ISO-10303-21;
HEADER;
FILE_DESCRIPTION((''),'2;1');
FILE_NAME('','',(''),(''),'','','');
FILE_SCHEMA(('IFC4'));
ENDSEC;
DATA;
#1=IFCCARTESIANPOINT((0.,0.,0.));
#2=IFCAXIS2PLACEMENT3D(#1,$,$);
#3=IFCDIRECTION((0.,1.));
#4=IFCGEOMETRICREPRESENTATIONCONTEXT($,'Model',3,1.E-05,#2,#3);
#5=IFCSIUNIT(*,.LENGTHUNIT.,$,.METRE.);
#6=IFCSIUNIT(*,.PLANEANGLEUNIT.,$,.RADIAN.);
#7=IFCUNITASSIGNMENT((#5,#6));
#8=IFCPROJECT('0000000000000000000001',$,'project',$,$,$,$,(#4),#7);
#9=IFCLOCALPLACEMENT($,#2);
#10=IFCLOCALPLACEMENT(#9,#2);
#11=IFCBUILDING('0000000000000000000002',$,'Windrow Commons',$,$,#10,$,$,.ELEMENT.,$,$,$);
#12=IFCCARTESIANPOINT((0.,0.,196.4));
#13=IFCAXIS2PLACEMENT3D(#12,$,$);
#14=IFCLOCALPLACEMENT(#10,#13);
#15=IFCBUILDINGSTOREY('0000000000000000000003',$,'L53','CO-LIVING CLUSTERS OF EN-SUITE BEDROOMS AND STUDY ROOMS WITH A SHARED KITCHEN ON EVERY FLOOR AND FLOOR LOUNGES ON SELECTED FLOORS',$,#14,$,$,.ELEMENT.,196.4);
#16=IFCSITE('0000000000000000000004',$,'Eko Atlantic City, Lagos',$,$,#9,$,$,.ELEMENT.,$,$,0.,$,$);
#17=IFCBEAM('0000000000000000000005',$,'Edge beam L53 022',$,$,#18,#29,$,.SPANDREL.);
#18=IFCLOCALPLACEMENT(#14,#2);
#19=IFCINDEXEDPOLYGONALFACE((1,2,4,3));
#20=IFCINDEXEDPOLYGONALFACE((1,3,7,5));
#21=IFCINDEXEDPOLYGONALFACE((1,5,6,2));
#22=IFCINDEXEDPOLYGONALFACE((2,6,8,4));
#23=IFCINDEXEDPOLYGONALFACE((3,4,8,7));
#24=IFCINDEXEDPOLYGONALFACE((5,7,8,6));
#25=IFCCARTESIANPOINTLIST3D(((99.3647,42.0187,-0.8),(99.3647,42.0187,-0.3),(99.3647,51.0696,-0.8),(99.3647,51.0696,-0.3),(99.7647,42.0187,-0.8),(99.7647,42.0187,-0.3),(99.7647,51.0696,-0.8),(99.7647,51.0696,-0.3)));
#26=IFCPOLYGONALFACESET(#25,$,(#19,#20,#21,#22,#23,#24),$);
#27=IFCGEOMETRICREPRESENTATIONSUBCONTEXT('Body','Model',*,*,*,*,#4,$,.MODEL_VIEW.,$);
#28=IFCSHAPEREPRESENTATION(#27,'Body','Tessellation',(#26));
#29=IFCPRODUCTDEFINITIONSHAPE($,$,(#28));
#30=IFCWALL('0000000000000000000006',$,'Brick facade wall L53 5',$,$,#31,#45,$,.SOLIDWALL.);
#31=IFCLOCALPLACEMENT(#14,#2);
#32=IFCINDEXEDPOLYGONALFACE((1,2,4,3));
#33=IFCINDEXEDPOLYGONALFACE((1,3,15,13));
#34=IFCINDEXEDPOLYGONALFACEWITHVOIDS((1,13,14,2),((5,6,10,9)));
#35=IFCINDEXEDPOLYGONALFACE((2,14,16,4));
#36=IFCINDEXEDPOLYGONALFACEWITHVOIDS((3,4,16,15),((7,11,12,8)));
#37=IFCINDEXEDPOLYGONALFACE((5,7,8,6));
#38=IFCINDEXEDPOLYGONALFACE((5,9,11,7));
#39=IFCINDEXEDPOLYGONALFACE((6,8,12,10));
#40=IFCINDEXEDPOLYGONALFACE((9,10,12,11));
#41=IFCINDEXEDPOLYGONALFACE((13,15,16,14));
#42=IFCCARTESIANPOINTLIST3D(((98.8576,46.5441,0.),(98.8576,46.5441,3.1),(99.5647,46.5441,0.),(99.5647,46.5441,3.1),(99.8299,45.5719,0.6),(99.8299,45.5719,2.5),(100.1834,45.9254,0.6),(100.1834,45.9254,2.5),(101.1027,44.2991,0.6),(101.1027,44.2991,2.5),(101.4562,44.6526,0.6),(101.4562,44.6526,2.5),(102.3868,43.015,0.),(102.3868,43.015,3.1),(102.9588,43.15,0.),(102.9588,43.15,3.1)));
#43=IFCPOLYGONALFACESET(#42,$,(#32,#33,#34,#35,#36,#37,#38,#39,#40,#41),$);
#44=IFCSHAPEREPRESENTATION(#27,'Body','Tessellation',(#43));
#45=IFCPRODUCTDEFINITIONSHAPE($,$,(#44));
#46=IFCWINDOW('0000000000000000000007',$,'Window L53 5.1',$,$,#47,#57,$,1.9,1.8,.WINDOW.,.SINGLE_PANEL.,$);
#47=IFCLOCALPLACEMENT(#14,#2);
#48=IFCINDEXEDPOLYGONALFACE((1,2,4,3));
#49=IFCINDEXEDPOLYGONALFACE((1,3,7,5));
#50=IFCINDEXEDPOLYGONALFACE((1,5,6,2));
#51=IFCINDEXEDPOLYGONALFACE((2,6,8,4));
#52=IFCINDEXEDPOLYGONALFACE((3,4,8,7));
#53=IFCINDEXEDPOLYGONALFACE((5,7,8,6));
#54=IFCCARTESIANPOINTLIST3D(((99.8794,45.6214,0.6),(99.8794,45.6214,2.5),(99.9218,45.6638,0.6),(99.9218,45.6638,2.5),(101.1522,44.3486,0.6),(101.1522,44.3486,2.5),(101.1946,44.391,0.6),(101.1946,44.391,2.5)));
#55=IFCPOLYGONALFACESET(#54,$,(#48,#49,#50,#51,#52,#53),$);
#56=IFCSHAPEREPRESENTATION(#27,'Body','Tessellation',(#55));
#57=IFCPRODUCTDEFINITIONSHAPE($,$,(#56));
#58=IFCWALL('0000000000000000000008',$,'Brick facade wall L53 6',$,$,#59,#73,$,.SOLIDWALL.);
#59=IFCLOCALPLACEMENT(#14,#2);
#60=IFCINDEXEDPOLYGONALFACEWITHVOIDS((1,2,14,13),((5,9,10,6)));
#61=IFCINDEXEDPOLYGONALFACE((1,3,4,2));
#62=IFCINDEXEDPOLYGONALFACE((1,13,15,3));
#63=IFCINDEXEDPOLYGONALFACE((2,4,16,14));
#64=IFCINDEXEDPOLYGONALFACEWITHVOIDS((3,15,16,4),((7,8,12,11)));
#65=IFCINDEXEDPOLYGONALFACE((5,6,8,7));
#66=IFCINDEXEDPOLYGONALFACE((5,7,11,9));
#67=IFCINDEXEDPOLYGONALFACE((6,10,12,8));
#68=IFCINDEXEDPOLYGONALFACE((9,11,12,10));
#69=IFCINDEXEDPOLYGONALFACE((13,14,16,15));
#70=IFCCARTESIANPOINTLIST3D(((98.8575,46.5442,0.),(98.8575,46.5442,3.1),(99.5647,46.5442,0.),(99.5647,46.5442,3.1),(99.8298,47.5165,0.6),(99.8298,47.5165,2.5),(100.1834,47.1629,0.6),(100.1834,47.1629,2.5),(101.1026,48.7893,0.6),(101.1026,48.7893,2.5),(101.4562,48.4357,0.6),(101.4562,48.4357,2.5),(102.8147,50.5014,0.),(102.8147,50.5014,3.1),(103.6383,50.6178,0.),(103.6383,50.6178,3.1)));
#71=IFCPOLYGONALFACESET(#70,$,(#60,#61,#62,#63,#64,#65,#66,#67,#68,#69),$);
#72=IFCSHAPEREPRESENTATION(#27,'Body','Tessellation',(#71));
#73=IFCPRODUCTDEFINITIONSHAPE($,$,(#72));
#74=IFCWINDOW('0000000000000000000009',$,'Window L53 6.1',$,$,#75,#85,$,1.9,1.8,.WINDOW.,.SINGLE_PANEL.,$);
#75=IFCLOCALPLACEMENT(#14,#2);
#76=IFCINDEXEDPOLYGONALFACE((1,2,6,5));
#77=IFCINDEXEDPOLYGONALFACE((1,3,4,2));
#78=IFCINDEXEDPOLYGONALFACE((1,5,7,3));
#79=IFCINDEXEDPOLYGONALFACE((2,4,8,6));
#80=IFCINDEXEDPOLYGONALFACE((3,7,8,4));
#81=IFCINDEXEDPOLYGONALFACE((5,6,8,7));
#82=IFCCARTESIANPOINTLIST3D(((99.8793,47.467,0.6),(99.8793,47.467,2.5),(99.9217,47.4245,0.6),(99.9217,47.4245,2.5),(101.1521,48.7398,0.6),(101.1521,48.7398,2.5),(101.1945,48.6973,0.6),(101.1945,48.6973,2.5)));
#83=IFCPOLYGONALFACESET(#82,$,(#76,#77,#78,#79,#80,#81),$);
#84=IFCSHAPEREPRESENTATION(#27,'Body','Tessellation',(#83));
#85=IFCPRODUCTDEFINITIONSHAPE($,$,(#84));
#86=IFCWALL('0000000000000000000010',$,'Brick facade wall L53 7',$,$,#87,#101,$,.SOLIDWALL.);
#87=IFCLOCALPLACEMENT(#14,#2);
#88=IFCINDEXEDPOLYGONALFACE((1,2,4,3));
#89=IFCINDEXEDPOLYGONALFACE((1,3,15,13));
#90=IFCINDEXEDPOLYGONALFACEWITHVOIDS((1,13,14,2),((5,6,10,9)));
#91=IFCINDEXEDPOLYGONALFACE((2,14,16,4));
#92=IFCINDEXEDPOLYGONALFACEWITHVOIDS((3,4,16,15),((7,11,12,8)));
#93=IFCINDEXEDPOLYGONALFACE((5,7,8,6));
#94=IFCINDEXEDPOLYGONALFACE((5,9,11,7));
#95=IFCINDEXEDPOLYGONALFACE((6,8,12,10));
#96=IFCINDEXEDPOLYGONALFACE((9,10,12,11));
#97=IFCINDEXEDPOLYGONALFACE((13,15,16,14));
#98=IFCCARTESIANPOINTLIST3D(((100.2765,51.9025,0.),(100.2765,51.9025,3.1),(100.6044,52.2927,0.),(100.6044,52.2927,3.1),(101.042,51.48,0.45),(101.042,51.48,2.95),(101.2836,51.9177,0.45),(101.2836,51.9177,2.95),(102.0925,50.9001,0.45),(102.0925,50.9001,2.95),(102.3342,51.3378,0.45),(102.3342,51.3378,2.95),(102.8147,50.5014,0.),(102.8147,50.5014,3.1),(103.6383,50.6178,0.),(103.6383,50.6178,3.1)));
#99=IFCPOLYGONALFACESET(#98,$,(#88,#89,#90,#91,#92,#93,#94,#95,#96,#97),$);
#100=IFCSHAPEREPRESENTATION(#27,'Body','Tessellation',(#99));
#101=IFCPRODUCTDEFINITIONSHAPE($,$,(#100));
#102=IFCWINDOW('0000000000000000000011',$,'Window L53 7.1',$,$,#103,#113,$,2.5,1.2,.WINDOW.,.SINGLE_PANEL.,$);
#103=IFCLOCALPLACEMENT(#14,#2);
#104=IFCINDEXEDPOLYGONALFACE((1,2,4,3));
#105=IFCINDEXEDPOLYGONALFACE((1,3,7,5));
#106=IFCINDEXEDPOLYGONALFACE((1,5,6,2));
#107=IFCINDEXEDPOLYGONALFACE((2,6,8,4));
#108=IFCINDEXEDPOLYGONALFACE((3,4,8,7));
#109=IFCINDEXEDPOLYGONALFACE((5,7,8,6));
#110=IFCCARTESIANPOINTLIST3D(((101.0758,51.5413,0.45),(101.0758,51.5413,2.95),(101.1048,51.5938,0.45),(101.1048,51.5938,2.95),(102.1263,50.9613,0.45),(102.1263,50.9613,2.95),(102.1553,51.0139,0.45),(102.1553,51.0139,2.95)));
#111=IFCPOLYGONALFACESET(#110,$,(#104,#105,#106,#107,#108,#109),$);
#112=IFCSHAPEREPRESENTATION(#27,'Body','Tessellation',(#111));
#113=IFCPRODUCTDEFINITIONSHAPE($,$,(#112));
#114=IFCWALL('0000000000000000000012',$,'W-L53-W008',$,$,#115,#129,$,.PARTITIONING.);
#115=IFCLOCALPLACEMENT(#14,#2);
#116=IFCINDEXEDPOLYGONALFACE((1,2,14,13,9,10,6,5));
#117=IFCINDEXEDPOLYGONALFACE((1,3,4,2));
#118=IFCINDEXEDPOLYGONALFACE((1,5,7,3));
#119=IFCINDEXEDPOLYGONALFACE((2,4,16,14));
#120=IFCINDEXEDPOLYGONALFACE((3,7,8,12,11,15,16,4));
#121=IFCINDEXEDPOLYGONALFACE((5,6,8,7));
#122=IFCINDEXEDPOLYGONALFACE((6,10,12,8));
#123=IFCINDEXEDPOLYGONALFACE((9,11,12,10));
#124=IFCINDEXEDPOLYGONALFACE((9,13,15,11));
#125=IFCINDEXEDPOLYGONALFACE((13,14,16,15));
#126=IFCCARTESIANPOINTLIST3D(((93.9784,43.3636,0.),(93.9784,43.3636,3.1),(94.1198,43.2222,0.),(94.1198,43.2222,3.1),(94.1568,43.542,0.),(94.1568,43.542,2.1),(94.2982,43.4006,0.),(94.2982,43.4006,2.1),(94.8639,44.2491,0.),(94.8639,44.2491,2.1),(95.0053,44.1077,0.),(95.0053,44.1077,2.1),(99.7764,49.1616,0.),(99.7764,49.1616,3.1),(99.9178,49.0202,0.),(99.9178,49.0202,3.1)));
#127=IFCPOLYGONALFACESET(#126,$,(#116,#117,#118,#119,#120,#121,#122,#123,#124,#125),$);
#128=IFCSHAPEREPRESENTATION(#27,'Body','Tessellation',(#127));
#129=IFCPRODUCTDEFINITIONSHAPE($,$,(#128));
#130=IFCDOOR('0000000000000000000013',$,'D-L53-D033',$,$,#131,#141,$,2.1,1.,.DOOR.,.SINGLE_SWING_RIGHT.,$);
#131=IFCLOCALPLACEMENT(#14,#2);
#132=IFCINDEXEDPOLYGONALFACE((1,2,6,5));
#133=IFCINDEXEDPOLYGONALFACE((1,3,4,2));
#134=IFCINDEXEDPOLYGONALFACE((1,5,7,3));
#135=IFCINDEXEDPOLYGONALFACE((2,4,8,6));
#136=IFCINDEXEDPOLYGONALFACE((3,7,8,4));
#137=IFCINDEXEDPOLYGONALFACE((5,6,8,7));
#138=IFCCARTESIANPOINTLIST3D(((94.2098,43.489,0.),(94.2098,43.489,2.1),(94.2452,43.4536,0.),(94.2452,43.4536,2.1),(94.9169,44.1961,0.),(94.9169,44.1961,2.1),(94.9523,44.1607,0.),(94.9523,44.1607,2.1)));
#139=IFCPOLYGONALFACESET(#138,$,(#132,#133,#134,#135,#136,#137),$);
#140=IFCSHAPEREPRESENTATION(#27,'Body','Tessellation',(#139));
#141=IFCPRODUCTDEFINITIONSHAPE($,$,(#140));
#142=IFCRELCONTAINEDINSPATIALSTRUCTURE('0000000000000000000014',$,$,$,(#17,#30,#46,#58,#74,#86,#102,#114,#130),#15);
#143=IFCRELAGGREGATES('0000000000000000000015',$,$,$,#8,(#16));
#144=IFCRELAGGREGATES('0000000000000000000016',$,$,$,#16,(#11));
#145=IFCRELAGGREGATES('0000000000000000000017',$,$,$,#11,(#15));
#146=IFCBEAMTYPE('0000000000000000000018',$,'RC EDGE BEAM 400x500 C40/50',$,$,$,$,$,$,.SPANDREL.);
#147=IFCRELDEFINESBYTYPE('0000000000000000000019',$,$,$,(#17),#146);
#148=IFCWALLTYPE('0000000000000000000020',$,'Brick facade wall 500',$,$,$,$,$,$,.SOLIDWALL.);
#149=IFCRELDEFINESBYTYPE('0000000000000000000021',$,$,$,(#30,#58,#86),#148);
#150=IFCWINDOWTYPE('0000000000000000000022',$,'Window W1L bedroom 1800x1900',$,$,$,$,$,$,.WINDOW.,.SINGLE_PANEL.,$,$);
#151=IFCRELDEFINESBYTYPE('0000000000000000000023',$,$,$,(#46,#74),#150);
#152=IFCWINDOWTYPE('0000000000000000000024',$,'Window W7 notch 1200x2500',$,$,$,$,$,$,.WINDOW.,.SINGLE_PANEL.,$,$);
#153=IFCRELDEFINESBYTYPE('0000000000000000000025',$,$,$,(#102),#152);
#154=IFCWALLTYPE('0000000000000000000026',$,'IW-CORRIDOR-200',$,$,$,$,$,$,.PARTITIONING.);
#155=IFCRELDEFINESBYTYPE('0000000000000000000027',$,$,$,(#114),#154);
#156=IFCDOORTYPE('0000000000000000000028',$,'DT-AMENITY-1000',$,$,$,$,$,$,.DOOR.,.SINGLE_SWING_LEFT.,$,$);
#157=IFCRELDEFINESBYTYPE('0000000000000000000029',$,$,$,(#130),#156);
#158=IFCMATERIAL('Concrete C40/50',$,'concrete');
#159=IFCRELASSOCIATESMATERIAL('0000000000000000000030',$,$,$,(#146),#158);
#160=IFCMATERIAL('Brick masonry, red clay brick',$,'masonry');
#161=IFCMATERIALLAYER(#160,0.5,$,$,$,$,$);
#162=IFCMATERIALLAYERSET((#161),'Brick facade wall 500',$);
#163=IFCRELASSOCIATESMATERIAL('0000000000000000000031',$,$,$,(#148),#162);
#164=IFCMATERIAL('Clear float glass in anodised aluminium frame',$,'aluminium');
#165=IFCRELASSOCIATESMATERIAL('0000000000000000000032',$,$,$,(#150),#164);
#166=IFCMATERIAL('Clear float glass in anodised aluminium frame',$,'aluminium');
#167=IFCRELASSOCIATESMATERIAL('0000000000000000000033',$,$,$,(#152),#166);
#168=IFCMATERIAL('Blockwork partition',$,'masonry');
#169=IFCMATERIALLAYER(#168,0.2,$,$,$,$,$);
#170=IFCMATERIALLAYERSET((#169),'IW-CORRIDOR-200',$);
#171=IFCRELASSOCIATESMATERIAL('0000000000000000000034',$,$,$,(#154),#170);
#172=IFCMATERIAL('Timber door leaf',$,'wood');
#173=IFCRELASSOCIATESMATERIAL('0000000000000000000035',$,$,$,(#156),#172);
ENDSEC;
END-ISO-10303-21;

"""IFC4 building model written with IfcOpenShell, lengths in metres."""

from ifc_helpers import new_model, si_unit, direction, frame, frame_2d, origin, origin_2d, place, context, subcontext, project, spatial, polyline, rectangle, outline, extrude, material, layer, layer_set, material_profile, profile_set, type_object, element, fill, save


model = new_model("IFC4")

# Units and contexts
model_context = context("Model", 3, precision=1e-05, world=origin(), true_north=direction((0.0, 1.0)))
body_context = subcontext(model_context, "Body", "Model", "MODEL_VIEW")
ifc_project = project(units=[si_unit("LENGTHUNIT", "METRE"), si_unit("PLANEANGLEUNIT", "RADIAN")], contexts=[model_context])

# Site, building, storey
site_placement = place(None, origin())
site = spatial("IfcSite", under=ifc_project, at=site_placement, Name="Eko Atlantic City, Lagos", CompositionType="ELEMENT", RefElevation=0.0)
building_placement = place(site_placement, origin())
building = spatial("IfcBuilding", under=site, at=building_placement, Name="Windrow Commons", CompositionType="ELEMENT")
storey_placement = place(building_placement, frame((0.0, 0.0, 196.4)))
storey = spatial("IfcBuildingStorey", under=building, at=storey_placement, Name="L53", Description="CO-LIVING CLUSTERS OF EN-SUITE BEDROOMS AND STUDY ROOMS WITH A SHARED KITCHEN ON EVERY FLOOR AND FLOOR LOUNGES ON SELECTED FLOORS", CompositionType="ELEMENT", Elevation=196.4)

# Beam
ifc_material_1 = material(Name="Concrete C40/50", Category="concrete")
ifc_material_profile = material_profile(ifc_material_1, rectangle(XDim=0.4, YDim=0.5, at=origin_2d()))
ifc_profile_set = profile_set([ifc_material_profile], Name="Concrete C40/50")
beam_type = type_object("IfcBeamType", Name="RC EDGE BEAM 400x500 C40/50", PredefinedType="SPANDREL", material=ifc_profile_set)
beam_placement = place(storey_placement, frame((99.5647, 51.0696, -0.55), z_axis=(0.0, -1.0, 0.0), x_axis=(1.0, 0.0, 0.0)))
element("IfcBeam", 1, at=beam_placement, inside=storey, type_object=beam_type, Name="Edge beam L53 022", PredefinedType="SPANDREL", context=body_context, shape_type="SweptSolid", body=[
    extrude(rectangle(XDim=0.4, YDim=0.5, at=origin_2d()), origin(), (0.0, 0.0, 1.0), 9.0509),
])

# Walls, openings, windows
ifc_material_2 = material(Name="Brick masonry, red clay brick", Category="masonry")
ifc_layer_1 = layer(ifc_material_2, 0.5)
ifc_layer_set_1 = layer_set([ifc_layer_1], Name="Brick facade wall 500")
wall_type_1 = type_object("IfcWallType", Name="Brick facade wall 500", PredefinedType="SOLIDWALL", material=ifc_layer_set_1)
wall_1_placement = place(storey_placement, frame((102.6728, 43.0825, 0.0), z_axis=(0.0, 0.0, 1.0), x_axis=(-0.707107, 0.707107, 0.0)))
wall_1 = element("IfcWall", 2, at=wall_1_placement, inside=storey, type_object=wall_type_1, Name="Brick facade wall L53 5", PredefinedType="SOLIDWALL", context=body_context, shape_type="SweptSolid", body=[
    extrude(outline(polyline([(-0.1545, -0.25), (4.6455, -0.25), (5.1455, 0.25), (0.1545, 0.25), (-0.1545, -0.25)])), origin(), (0.0, 0.0, 1.0), 3.1),
])
opening_1_placement = place(wall_1_placement, frame((1.9705, 0.0, 0.6)))
opening_1 = element("IfcOpeningElement", 3, at=opening_1_placement, cuts=wall_1, PredefinedType="OPENING", context=body_context, shape_type="SweptSolid", body=[
    extrude(rectangle(XDim=1.8, YDim=1.9, at=frame_2d((0.9, 0.95))), frame((0.0, 0.26, 0.0), z_axis=(0.0, -1.0, 0.0), x_axis=(1.0, 0.0, 0.0)), (0.0, 0.0, 1.0), 0.52),
])
ifc_material_3 = material(Name="Clear float glass in anodised aluminium frame", Category="aluminium")
window_type_1 = type_object("IfcWindowType", Name="Window W1L bedroom 1800x1900", PartitioningType="SINGLE_PANEL", PredefinedType="WINDOW", material=ifc_material_3)
window_1_placement = place(opening_1_placement, origin())
window_1 = element("IfcWindow", 4, at=window_1_placement, inside=storey, type_object=window_type_1, Name="Window L53 5.1", OverallHeight=1.9, OverallWidth=1.8, PartitioningType="SINGLE_PANEL", PredefinedType="WINDOW", context=body_context, shape_type="SweptSolid", body=[
    extrude(rectangle(XDim=1.8, YDim=1.9, at=frame_2d((0.9, 0.95))), frame((0.0, 0.18, 0.0), z_axis=(0.0, -1.0, 0.0), x_axis=(1.0, 0.0, 0.0)), (0.0, 0.0, 1.0), 0.06),
])
fill(opening_1, window_1)
wall_2_placement = place(storey_placement, frame((99.2111, 46.5442, 0.0), z_axis=(0.0, 0.0, 1.0), x_axis=(0.707107, 0.707107, 0.0)))
wall_2 = element("IfcWall", 5, at=wall_2_placement, inside=storey, type_object=wall_type_1, Name="Brick facade wall L53 6", PredefinedType="SOLIDWALL", context=body_context, shape_type="SweptSolid", body=[
    extrude(outline(polyline([(0.25, -0.25), (6.011, -0.25), (5.3463, 0.25), (-0.25, 0.25), (0.25, -0.25)])), origin(), (0.0, 0.0, 1.0), 3.1),
])
opening_2_placement = place(wall_2_placement, frame((1.125, 0.0, 0.6)))
opening_2 = element("IfcOpeningElement", 6, at=opening_2_placement, cuts=wall_2, PredefinedType="OPENING", context=body_context, shape_type="SweptSolid", body=[
    extrude(rectangle(XDim=1.8, YDim=1.9, at=frame_2d((0.9, 0.95))), frame((0.0, 0.26, 0.0), z_axis=(0.0, -1.0, 0.0), x_axis=(1.0, 0.0, 0.0)), (0.0, 0.0, 1.0), 0.52),
])
window_2_placement = place(opening_2_placement, origin())
window_2 = element("IfcWindow", 7, at=window_2_placement, inside=storey, type_object=window_type_1, Name="Window L53 6.1", OverallHeight=1.9, OverallWidth=1.8, PartitioningType="SINGLE_PANEL", PredefinedType="WINDOW", context=body_context, shape_type="SweptSolid", body=[
    extrude(rectangle(XDim=1.8, YDim=1.9, at=frame_2d((0.9, 0.95))), frame((0.0, 0.18, 0.0), z_axis=(0.0, -1.0, 0.0), x_axis=(1.0, 0.0, 0.0)), (0.0, 0.0, 1.0), 0.06),
])
fill(opening_2, window_2)
wall_3_placement = place(storey_placement, frame((103.2265, 50.5596, 0.0), z_axis=(0.0, 0.0, 1.0), x_axis=(-0.875458, 0.483293, 0.0)))
wall_3 = element("IfcWall", 8, at=wall_3_placement, inside=storey, type_object=wall_type_1, Name="Brick facade wall L53 7", PredefinedType="SOLIDWALL", context=body_context, shape_type="SweptSolid", body=[
    extrude(outline(polyline([(-0.3324, -0.25), (3.1331, -0.25), (3.2316, 0.25), (0.3324, 0.25), (-0.3324, -0.25)])), origin(), (0.0, 0.0, 1.0), 3.1),
])
opening_3_placement = place(wall_3_placement, frame((1.1573, 0.0, 0.45)))
opening_3 = element("IfcOpeningElement", 9, at=opening_3_placement, cuts=wall_3, PredefinedType="OPENING", context=body_context, shape_type="SweptSolid", body=[
    extrude(rectangle(XDim=1.2, YDim=2.5, at=frame_2d((0.6, 1.25))), frame((0.0, 0.26, 0.0), z_axis=(0.0, -1.0, 0.0), x_axis=(1.0, 0.0, 0.0)), (0.0, 0.0, 1.0), 0.52),
])
ifc_material_4 = material(Name="Clear float glass in anodised aluminium frame", Category="aluminium")
window_type_2 = type_object("IfcWindowType", Name="Window W7 notch 1200x2500", PartitioningType="SINGLE_PANEL", PredefinedType="WINDOW", material=ifc_material_4)
window_3_placement = place(opening_3_placement, origin())
window_3 = element("IfcWindow", 10, at=window_3_placement, inside=storey, type_object=window_type_2, Name="Window L53 7.1", OverallHeight=2.5, OverallWidth=1.2, PartitioningType="SINGLE_PANEL", PredefinedType="WINDOW", context=body_context, shape_type="SweptSolid", body=[
    extrude(rectangle(XDim=1.2, YDim=2.5, at=frame_2d((0.6, 1.25))), frame((0.0, 0.18, 0.0), z_axis=(0.0, -1.0, 0.0), x_axis=(1.0, 0.0, 0.0)), (0.0, 0.0, 1.0), 0.06),
])
fill(opening_3, window_3)

# Wall, opening, door
ifc_material_5 = material(Name="Blockwork partition", Category="masonry")
ifc_layer_2 = layer(ifc_material_5, 0.2)
ifc_layer_set_2 = layer_set([ifc_layer_2], Name="IW-CORRIDOR-200")
wall_type_2 = type_object("IfcWallType", Name="IW-CORRIDOR-200", PredefinedType="PARTITIONING", material=ifc_layer_set_2)
wall_4_placement = place(storey_placement, frame((94.0491, 43.2929, 0.0), z_axis=(0.0, 0.0, 1.0), x_axis=(0.707107, 0.707107, 0.0)))
wall_4 = element("IfcWall", 11, at=wall_4_placement, inside=storey, type_object=wall_type_2, Name="W-L53-W008", PredefinedType="PARTITIONING", context=body_context, shape_type="SweptSolid", body=[
    extrude(rectangle(XDim=8.1996, YDim=0.2, at=frame_2d((4.0998, 0.0))), origin(), (0.0, 0.0, 1.0), 3.1),
])
opening_4_placement = place(wall_4_placement, frame((0.2523, 0.0, 0.0)))
opening_4 = element("IfcOpeningElement", 12, at=opening_4_placement, cuts=wall_4, PredefinedType="OPENING", context=body_context, shape_type="SweptSolid", body=[
    extrude(rectangle(XDim=1.0, YDim=2.1, at=frame_2d((0.5, 1.05))), frame((0.0, 0.11, 0.0), z_axis=(0.0, -1.0, 0.0), x_axis=(1.0, 0.0, 0.0)), (0.0, 0.0, 1.0), 0.22),
])
ifc_material_6 = material(Name="Timber door leaf", Category="wood")
door_type_1 = type_object("IfcDoorType", Name="DT-AMENITY-1000", OperationType="SINGLE_SWING_LEFT", PredefinedType="DOOR", material=ifc_material_6)
door_1_placement = place(opening_4_placement, origin())
door_1 = element("IfcDoor", 13, at=door_1_placement, inside=storey, type_object=door_type_1, Name="D-L53-D033", OperationType="SINGLE_SWING_RIGHT", OverallHeight=2.1, OverallWidth=1.0, PredefinedType="DOOR", context=body_context, shape_type="SweptSolid", body=[
    extrude(rectangle(XDim=1.0, YDim=2.1, at=frame_2d((0.5, 1.05))), frame((0.0, 0.025, 0.0), z_axis=(0.0, -1.0, 0.0), x_axis=(1.0, 0.0, 0.0)), (0.0, 0.0, 1.0), 0.05),
])
fill(opening_4, door_1)

save(model, "model.ifc")
